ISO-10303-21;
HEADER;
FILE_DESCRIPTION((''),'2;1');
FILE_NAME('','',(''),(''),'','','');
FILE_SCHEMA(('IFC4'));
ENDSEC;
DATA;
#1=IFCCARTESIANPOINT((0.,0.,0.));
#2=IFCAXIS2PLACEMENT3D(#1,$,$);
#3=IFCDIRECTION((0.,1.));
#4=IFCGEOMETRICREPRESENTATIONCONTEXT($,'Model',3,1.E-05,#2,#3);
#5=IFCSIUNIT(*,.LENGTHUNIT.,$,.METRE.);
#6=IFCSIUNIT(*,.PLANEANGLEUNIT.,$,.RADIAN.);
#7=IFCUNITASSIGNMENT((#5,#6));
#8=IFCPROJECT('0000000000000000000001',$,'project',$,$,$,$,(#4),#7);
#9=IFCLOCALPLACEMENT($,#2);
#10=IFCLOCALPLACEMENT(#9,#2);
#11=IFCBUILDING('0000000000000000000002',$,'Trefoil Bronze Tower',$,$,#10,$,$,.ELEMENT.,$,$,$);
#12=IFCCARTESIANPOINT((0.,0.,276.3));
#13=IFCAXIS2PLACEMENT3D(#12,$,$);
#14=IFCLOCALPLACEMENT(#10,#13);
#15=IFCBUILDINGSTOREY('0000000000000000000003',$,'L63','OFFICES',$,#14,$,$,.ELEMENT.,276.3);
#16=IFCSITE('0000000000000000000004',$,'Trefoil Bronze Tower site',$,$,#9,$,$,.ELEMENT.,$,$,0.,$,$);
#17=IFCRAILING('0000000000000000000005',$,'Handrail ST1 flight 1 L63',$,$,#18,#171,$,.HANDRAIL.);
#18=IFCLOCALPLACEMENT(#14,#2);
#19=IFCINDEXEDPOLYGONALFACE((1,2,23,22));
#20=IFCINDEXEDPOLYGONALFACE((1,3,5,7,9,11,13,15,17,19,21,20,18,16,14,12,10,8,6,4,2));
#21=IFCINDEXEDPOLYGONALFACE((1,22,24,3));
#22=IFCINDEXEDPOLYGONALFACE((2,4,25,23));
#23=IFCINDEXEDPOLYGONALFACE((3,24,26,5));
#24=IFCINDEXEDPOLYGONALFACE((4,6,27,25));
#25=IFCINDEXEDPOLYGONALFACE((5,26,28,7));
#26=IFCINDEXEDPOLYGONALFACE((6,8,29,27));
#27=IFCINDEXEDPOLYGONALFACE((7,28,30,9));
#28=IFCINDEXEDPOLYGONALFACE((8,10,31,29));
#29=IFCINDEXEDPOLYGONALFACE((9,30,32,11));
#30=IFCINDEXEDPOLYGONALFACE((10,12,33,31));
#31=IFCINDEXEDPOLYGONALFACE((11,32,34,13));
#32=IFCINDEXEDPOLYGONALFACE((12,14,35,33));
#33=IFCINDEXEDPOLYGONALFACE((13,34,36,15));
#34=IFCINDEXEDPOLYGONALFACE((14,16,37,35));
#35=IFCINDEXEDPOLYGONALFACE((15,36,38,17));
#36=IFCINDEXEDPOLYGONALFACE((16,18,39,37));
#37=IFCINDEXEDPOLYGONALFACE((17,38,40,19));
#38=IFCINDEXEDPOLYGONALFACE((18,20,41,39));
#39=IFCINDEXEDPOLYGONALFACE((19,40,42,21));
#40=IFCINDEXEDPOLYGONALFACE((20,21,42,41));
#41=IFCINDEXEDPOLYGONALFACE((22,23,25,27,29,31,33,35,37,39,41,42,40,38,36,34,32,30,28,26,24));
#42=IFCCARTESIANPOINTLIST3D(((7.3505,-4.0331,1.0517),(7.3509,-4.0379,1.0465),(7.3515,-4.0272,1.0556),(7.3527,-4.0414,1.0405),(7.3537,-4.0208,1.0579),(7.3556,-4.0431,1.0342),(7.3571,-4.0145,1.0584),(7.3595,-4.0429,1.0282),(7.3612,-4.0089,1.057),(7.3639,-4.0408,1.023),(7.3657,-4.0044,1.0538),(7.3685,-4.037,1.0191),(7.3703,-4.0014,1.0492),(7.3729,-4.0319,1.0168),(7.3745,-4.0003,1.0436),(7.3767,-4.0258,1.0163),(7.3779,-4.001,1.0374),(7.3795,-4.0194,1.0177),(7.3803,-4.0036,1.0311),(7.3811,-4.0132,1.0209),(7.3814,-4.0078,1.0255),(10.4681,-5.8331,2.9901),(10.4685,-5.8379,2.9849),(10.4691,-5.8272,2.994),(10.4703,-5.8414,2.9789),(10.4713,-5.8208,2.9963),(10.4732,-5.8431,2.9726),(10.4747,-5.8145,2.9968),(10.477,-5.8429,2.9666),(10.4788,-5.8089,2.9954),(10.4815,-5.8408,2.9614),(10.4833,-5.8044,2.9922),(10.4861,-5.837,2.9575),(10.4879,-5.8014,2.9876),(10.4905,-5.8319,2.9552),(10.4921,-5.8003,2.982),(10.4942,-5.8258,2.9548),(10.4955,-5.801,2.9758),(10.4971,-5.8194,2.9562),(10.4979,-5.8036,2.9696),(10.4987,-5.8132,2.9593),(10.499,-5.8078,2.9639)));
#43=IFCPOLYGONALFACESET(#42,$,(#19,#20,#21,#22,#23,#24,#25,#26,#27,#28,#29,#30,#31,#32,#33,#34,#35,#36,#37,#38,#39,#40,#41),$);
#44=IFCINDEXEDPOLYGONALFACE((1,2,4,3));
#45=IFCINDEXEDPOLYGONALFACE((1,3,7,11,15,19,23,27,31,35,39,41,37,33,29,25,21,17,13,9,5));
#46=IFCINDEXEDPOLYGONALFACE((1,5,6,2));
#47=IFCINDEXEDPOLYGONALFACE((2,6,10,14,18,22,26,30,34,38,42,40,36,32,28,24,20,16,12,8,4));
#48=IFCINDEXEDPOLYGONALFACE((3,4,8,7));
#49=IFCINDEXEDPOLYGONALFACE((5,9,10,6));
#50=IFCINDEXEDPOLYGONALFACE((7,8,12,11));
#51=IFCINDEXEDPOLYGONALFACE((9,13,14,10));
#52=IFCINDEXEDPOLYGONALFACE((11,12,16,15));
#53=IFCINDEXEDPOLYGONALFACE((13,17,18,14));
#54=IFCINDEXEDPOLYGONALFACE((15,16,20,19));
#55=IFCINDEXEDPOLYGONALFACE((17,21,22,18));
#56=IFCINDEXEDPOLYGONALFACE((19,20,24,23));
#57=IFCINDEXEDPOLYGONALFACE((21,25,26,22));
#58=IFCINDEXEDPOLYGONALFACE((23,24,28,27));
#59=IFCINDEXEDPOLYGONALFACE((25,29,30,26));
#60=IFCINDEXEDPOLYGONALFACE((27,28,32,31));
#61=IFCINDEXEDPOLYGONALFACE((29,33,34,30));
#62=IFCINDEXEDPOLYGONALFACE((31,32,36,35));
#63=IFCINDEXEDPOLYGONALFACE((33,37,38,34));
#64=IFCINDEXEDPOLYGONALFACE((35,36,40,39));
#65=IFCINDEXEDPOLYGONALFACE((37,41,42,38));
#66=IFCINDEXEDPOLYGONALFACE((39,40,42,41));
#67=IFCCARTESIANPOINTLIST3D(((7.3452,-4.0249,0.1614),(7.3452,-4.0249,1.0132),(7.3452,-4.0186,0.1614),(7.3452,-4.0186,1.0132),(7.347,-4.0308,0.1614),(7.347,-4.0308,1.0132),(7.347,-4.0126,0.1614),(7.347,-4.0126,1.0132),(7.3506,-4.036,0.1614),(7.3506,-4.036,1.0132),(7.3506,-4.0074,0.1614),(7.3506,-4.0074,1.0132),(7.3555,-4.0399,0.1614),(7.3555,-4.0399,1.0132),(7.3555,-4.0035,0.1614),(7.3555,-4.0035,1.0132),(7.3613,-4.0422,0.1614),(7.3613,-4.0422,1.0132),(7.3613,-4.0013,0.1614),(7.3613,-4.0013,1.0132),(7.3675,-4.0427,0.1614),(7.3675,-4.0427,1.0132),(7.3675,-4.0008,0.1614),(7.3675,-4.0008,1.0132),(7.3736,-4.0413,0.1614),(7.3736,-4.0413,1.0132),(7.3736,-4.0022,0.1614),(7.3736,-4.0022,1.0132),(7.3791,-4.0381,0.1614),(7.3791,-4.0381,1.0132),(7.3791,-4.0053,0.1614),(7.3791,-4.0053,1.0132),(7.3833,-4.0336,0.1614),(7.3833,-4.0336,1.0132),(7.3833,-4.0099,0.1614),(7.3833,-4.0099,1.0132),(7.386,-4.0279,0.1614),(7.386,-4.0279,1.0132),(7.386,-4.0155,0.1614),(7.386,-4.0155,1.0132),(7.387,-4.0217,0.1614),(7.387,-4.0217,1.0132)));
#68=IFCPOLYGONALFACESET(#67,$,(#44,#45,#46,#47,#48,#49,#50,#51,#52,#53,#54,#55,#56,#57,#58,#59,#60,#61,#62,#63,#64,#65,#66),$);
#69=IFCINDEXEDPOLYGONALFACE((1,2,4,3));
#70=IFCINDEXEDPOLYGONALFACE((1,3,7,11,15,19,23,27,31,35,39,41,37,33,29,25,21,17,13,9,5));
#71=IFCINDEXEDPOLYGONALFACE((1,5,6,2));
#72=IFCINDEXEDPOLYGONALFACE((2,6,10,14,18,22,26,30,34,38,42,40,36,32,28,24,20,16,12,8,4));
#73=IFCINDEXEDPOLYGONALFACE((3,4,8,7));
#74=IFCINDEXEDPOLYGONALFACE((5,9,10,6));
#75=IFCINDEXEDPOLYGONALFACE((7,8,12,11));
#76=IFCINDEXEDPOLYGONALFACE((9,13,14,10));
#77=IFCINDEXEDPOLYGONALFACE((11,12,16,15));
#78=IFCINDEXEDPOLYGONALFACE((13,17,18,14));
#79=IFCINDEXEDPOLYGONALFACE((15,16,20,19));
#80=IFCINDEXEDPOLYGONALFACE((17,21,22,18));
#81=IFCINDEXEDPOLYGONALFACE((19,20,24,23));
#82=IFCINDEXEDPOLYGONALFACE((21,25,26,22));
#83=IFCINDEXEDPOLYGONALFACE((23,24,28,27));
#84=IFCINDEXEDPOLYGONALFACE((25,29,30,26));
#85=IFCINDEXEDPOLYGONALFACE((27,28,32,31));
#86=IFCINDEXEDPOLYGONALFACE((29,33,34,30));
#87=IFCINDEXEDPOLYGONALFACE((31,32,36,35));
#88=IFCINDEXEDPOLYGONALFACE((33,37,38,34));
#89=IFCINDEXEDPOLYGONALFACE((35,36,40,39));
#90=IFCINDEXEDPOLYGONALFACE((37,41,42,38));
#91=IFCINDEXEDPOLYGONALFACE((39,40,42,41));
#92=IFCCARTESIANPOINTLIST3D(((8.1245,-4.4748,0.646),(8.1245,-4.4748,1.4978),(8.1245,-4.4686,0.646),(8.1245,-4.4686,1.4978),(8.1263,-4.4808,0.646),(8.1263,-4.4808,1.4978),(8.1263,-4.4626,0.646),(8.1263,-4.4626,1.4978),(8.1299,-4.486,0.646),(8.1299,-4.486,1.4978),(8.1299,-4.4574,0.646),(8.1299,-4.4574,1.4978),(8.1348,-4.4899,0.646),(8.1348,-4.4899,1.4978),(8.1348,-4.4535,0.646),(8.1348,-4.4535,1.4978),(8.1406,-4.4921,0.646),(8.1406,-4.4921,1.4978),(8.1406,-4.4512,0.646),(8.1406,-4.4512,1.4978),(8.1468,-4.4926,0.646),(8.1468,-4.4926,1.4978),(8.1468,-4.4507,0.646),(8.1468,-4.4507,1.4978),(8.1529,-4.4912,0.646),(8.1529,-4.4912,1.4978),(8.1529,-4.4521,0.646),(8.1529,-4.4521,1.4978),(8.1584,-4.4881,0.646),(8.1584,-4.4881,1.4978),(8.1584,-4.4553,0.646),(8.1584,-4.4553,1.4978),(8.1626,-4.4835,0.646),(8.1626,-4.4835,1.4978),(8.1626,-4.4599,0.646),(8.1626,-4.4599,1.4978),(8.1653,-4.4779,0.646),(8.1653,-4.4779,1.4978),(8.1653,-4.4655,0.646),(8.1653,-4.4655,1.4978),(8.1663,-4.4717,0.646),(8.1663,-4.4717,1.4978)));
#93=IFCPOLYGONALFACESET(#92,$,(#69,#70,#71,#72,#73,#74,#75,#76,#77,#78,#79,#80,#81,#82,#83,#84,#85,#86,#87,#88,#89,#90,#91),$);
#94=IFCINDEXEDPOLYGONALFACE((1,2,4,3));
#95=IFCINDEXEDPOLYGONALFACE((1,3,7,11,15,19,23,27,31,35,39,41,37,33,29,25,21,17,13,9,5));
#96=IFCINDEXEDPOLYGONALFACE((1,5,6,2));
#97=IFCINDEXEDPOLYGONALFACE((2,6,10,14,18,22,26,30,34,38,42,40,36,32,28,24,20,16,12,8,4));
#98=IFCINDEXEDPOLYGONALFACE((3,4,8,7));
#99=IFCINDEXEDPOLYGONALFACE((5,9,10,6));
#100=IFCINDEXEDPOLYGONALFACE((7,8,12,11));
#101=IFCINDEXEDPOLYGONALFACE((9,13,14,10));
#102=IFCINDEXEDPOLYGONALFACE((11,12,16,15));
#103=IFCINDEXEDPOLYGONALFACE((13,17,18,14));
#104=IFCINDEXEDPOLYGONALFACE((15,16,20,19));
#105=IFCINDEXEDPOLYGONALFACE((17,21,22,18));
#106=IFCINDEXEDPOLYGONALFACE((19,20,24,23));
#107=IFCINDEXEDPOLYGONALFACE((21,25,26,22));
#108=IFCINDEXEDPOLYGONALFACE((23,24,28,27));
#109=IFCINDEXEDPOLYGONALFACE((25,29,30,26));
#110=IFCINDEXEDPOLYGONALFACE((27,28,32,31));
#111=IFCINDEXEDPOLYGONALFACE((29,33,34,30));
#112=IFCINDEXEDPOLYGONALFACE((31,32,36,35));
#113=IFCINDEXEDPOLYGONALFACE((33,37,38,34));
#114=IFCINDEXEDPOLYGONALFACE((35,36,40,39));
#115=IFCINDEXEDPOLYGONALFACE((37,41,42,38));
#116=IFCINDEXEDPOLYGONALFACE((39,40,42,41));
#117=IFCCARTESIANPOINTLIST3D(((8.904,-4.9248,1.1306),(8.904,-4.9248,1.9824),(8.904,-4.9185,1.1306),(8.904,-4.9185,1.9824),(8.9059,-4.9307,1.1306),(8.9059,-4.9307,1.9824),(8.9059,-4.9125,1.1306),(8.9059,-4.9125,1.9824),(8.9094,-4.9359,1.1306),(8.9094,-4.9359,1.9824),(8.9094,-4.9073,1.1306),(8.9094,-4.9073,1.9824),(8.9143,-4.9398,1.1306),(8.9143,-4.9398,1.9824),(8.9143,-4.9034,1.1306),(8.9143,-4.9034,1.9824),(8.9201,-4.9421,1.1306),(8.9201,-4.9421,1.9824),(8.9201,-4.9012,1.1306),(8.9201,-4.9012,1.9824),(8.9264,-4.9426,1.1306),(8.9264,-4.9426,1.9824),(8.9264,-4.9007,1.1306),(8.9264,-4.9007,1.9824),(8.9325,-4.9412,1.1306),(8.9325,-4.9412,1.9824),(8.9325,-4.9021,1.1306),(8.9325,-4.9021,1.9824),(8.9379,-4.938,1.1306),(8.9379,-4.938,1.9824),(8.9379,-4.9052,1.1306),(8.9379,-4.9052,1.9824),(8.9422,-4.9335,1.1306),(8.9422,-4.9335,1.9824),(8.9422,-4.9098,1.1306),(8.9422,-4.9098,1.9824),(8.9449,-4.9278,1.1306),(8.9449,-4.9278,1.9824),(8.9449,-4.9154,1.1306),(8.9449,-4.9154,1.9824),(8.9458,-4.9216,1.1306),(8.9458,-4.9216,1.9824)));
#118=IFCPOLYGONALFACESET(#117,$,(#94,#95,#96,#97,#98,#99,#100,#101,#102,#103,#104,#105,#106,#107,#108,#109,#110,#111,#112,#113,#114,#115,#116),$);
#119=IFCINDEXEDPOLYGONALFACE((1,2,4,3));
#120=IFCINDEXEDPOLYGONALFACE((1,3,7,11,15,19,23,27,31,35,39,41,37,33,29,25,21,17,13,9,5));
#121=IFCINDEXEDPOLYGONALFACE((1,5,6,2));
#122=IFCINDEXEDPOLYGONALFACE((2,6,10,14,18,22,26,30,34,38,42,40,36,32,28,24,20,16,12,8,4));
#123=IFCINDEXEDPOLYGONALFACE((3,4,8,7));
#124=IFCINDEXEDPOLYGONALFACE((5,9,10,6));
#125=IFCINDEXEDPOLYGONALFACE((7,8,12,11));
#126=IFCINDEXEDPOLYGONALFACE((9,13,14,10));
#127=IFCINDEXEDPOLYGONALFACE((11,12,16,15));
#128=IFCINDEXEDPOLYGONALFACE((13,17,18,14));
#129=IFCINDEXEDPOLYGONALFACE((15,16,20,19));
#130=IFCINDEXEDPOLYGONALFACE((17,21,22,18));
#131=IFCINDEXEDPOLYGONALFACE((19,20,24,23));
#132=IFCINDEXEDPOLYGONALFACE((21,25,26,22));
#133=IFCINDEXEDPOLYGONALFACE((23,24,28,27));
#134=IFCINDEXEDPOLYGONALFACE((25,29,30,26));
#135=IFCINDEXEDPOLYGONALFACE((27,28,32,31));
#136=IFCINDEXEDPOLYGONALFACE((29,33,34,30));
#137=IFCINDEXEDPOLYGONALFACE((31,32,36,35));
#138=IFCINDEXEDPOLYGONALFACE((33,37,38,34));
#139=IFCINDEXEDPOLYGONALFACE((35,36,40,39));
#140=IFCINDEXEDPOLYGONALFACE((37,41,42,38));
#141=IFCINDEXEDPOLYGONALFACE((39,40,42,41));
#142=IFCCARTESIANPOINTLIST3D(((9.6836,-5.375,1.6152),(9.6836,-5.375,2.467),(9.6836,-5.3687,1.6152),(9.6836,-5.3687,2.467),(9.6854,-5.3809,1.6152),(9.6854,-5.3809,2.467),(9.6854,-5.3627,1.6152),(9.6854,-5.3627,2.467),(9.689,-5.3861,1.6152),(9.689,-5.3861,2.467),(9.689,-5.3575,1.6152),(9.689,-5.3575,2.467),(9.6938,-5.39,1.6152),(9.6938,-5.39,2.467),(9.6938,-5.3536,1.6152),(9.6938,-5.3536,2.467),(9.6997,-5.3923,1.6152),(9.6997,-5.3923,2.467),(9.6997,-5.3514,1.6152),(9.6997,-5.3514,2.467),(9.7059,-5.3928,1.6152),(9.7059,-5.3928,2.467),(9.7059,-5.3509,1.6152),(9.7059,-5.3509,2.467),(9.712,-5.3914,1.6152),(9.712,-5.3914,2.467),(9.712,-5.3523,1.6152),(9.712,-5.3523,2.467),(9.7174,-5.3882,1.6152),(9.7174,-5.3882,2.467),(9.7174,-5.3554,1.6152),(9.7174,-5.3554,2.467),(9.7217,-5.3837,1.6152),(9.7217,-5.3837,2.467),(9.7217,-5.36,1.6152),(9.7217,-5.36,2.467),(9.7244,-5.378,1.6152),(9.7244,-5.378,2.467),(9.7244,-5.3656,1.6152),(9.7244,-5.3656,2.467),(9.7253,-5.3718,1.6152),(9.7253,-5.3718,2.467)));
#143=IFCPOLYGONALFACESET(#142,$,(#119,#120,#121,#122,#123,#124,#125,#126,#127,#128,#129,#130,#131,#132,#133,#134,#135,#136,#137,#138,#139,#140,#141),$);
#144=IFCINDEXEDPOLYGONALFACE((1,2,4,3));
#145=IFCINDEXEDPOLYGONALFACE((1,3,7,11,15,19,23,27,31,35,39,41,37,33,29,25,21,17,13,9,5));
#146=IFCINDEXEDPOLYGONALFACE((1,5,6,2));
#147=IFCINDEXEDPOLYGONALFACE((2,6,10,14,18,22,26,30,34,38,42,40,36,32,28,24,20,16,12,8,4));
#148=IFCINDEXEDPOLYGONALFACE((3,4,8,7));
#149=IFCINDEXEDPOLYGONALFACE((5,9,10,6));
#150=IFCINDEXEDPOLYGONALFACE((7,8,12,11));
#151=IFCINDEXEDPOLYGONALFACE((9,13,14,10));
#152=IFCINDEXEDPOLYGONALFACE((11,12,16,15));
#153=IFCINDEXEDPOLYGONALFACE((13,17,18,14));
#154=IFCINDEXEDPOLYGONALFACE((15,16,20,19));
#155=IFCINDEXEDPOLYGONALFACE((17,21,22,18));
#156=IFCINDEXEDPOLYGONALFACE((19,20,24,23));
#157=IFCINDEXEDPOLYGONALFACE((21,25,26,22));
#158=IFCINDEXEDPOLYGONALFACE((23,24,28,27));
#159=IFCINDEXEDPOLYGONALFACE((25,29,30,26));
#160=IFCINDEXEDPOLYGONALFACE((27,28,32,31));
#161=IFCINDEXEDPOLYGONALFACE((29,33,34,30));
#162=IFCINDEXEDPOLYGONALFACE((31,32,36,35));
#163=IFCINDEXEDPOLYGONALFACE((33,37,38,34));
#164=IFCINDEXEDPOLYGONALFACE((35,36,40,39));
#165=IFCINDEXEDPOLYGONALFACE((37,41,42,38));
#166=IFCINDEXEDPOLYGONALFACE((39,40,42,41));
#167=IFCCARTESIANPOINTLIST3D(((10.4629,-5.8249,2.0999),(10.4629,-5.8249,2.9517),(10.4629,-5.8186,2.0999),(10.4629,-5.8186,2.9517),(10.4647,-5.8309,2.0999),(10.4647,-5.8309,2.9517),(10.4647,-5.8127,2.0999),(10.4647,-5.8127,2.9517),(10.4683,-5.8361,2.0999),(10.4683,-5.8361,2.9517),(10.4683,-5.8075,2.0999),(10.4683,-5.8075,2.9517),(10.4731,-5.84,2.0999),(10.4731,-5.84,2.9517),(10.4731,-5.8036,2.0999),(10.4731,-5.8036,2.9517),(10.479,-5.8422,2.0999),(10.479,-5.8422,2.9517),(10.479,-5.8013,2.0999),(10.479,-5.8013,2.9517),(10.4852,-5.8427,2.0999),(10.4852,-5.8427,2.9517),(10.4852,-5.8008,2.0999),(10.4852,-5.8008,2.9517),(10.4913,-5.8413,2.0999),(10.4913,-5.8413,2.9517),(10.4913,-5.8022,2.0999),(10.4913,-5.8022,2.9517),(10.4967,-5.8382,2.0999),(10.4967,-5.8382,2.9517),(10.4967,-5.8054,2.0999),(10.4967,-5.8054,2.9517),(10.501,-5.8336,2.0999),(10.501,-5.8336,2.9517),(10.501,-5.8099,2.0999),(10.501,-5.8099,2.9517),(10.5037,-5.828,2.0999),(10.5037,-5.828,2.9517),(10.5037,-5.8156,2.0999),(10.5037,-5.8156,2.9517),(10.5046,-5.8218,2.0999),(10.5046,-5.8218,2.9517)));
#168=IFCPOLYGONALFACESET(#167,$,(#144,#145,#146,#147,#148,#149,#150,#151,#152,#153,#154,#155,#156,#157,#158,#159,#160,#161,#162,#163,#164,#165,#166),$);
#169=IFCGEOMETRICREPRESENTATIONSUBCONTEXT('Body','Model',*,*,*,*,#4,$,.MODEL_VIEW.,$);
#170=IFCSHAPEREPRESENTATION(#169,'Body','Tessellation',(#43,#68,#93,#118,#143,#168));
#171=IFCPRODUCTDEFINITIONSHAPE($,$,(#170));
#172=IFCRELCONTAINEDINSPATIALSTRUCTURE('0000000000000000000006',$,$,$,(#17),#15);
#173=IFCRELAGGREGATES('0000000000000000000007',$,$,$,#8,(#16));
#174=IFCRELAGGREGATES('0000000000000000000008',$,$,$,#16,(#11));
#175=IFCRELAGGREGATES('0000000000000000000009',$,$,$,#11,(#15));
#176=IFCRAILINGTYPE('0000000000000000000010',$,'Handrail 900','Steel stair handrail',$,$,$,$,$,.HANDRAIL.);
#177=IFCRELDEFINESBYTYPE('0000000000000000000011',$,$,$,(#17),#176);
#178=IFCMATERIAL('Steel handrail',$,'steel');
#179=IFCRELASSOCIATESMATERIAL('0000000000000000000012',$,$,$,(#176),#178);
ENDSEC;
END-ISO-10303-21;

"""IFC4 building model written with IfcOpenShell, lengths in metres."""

from ifc_helpers import new_model, si_unit, direction, frame, origin, origin_2d, place, context, subcontext, project, spatial, circle, extrude, material, type_object, element, save


model = new_model("IFC4")

# Units and contexts
model_context = context("Model", 3, precision=1e-05, world=origin(), true_north=direction((0.0, 1.0)))
body_context = subcontext(model_context, "Body", "Model", "MODEL_VIEW")
ifc_project = project(units=[si_unit("LENGTHUNIT", "METRE"), si_unit("PLANEANGLEUNIT", "RADIAN")], contexts=[model_context])

# Site, building, storey
site_placement = place(None, origin())
site = spatial("IfcSite", under=ifc_project, at=site_placement, Name="Trefoil Bronze Tower site", CompositionType="ELEMENT", RefElevation=0.0)
building_placement = place(site_placement, origin())
building = spatial("IfcBuilding", under=site, at=building_placement, Name="Trefoil Bronze Tower", CompositionType="ELEMENT")
storey_placement = place(building_placement, frame((0.0, 0.0, 276.3)))
storey = spatial("IfcBuildingStorey", under=building, at=storey_placement, Name="L63", Description="OFFICES", CompositionType="ELEMENT", Elevation=276.3)

# Railing
ifc_material_1 = material(Name="Steel handrail", Category="steel")
railing_type = type_object("IfcRailingType", Name="Handrail 900", Description="Steel stair handrail", PredefinedType="HANDRAIL", material=ifc_material_1)
railing_1_placement = place(storey_placement, frame((7.366, -4.0217, 0.1614)))
element("IfcRailing", 1, at=railing_1_placement, inside=storey, type_object=railing_type, Name="Handrail ST1 flight 1 L63", PredefinedType="HANDRAIL", context=body_context, shape_type="SweptSolid", body=[
    extrude(circle(Radius=0.0239, at=origin_2d()), frame((0.0, 0.0, 0.876), z_axis=(0.762503, -0.440246, 0.474102), x_axis=(0.500012, 0.866018, 0.0)), (0.0, 0.0, 1.0), 4.0886),
    extrude(circle(Radius=0.021, at=origin_2d()), origin(), (0.0, 0.0, 1.0), 0.8518),
    extrude(circle(Radius=0.021, at=origin_2d()), frame((0.7793, -0.45, 0.4846)), (0.0, 0.0, 1.0), 0.8518),
    extrude(circle(Radius=0.021, at=origin_2d()), frame((1.5588, -0.8999, 0.9692)), (0.0, 0.0, 1.0), 0.8518),
    extrude(circle(Radius=0.021, at=origin_2d()), frame((2.3384, -1.3501, 1.4539)), (0.0, 0.0, 1.0), 0.8518),
    extrude(circle(Radius=0.021, at=origin_2d()), frame((3.1177, -1.8, 1.9385)), (0.0, 0.0, 1.0), 0.8518),
])

save(model, "model.ifc")
